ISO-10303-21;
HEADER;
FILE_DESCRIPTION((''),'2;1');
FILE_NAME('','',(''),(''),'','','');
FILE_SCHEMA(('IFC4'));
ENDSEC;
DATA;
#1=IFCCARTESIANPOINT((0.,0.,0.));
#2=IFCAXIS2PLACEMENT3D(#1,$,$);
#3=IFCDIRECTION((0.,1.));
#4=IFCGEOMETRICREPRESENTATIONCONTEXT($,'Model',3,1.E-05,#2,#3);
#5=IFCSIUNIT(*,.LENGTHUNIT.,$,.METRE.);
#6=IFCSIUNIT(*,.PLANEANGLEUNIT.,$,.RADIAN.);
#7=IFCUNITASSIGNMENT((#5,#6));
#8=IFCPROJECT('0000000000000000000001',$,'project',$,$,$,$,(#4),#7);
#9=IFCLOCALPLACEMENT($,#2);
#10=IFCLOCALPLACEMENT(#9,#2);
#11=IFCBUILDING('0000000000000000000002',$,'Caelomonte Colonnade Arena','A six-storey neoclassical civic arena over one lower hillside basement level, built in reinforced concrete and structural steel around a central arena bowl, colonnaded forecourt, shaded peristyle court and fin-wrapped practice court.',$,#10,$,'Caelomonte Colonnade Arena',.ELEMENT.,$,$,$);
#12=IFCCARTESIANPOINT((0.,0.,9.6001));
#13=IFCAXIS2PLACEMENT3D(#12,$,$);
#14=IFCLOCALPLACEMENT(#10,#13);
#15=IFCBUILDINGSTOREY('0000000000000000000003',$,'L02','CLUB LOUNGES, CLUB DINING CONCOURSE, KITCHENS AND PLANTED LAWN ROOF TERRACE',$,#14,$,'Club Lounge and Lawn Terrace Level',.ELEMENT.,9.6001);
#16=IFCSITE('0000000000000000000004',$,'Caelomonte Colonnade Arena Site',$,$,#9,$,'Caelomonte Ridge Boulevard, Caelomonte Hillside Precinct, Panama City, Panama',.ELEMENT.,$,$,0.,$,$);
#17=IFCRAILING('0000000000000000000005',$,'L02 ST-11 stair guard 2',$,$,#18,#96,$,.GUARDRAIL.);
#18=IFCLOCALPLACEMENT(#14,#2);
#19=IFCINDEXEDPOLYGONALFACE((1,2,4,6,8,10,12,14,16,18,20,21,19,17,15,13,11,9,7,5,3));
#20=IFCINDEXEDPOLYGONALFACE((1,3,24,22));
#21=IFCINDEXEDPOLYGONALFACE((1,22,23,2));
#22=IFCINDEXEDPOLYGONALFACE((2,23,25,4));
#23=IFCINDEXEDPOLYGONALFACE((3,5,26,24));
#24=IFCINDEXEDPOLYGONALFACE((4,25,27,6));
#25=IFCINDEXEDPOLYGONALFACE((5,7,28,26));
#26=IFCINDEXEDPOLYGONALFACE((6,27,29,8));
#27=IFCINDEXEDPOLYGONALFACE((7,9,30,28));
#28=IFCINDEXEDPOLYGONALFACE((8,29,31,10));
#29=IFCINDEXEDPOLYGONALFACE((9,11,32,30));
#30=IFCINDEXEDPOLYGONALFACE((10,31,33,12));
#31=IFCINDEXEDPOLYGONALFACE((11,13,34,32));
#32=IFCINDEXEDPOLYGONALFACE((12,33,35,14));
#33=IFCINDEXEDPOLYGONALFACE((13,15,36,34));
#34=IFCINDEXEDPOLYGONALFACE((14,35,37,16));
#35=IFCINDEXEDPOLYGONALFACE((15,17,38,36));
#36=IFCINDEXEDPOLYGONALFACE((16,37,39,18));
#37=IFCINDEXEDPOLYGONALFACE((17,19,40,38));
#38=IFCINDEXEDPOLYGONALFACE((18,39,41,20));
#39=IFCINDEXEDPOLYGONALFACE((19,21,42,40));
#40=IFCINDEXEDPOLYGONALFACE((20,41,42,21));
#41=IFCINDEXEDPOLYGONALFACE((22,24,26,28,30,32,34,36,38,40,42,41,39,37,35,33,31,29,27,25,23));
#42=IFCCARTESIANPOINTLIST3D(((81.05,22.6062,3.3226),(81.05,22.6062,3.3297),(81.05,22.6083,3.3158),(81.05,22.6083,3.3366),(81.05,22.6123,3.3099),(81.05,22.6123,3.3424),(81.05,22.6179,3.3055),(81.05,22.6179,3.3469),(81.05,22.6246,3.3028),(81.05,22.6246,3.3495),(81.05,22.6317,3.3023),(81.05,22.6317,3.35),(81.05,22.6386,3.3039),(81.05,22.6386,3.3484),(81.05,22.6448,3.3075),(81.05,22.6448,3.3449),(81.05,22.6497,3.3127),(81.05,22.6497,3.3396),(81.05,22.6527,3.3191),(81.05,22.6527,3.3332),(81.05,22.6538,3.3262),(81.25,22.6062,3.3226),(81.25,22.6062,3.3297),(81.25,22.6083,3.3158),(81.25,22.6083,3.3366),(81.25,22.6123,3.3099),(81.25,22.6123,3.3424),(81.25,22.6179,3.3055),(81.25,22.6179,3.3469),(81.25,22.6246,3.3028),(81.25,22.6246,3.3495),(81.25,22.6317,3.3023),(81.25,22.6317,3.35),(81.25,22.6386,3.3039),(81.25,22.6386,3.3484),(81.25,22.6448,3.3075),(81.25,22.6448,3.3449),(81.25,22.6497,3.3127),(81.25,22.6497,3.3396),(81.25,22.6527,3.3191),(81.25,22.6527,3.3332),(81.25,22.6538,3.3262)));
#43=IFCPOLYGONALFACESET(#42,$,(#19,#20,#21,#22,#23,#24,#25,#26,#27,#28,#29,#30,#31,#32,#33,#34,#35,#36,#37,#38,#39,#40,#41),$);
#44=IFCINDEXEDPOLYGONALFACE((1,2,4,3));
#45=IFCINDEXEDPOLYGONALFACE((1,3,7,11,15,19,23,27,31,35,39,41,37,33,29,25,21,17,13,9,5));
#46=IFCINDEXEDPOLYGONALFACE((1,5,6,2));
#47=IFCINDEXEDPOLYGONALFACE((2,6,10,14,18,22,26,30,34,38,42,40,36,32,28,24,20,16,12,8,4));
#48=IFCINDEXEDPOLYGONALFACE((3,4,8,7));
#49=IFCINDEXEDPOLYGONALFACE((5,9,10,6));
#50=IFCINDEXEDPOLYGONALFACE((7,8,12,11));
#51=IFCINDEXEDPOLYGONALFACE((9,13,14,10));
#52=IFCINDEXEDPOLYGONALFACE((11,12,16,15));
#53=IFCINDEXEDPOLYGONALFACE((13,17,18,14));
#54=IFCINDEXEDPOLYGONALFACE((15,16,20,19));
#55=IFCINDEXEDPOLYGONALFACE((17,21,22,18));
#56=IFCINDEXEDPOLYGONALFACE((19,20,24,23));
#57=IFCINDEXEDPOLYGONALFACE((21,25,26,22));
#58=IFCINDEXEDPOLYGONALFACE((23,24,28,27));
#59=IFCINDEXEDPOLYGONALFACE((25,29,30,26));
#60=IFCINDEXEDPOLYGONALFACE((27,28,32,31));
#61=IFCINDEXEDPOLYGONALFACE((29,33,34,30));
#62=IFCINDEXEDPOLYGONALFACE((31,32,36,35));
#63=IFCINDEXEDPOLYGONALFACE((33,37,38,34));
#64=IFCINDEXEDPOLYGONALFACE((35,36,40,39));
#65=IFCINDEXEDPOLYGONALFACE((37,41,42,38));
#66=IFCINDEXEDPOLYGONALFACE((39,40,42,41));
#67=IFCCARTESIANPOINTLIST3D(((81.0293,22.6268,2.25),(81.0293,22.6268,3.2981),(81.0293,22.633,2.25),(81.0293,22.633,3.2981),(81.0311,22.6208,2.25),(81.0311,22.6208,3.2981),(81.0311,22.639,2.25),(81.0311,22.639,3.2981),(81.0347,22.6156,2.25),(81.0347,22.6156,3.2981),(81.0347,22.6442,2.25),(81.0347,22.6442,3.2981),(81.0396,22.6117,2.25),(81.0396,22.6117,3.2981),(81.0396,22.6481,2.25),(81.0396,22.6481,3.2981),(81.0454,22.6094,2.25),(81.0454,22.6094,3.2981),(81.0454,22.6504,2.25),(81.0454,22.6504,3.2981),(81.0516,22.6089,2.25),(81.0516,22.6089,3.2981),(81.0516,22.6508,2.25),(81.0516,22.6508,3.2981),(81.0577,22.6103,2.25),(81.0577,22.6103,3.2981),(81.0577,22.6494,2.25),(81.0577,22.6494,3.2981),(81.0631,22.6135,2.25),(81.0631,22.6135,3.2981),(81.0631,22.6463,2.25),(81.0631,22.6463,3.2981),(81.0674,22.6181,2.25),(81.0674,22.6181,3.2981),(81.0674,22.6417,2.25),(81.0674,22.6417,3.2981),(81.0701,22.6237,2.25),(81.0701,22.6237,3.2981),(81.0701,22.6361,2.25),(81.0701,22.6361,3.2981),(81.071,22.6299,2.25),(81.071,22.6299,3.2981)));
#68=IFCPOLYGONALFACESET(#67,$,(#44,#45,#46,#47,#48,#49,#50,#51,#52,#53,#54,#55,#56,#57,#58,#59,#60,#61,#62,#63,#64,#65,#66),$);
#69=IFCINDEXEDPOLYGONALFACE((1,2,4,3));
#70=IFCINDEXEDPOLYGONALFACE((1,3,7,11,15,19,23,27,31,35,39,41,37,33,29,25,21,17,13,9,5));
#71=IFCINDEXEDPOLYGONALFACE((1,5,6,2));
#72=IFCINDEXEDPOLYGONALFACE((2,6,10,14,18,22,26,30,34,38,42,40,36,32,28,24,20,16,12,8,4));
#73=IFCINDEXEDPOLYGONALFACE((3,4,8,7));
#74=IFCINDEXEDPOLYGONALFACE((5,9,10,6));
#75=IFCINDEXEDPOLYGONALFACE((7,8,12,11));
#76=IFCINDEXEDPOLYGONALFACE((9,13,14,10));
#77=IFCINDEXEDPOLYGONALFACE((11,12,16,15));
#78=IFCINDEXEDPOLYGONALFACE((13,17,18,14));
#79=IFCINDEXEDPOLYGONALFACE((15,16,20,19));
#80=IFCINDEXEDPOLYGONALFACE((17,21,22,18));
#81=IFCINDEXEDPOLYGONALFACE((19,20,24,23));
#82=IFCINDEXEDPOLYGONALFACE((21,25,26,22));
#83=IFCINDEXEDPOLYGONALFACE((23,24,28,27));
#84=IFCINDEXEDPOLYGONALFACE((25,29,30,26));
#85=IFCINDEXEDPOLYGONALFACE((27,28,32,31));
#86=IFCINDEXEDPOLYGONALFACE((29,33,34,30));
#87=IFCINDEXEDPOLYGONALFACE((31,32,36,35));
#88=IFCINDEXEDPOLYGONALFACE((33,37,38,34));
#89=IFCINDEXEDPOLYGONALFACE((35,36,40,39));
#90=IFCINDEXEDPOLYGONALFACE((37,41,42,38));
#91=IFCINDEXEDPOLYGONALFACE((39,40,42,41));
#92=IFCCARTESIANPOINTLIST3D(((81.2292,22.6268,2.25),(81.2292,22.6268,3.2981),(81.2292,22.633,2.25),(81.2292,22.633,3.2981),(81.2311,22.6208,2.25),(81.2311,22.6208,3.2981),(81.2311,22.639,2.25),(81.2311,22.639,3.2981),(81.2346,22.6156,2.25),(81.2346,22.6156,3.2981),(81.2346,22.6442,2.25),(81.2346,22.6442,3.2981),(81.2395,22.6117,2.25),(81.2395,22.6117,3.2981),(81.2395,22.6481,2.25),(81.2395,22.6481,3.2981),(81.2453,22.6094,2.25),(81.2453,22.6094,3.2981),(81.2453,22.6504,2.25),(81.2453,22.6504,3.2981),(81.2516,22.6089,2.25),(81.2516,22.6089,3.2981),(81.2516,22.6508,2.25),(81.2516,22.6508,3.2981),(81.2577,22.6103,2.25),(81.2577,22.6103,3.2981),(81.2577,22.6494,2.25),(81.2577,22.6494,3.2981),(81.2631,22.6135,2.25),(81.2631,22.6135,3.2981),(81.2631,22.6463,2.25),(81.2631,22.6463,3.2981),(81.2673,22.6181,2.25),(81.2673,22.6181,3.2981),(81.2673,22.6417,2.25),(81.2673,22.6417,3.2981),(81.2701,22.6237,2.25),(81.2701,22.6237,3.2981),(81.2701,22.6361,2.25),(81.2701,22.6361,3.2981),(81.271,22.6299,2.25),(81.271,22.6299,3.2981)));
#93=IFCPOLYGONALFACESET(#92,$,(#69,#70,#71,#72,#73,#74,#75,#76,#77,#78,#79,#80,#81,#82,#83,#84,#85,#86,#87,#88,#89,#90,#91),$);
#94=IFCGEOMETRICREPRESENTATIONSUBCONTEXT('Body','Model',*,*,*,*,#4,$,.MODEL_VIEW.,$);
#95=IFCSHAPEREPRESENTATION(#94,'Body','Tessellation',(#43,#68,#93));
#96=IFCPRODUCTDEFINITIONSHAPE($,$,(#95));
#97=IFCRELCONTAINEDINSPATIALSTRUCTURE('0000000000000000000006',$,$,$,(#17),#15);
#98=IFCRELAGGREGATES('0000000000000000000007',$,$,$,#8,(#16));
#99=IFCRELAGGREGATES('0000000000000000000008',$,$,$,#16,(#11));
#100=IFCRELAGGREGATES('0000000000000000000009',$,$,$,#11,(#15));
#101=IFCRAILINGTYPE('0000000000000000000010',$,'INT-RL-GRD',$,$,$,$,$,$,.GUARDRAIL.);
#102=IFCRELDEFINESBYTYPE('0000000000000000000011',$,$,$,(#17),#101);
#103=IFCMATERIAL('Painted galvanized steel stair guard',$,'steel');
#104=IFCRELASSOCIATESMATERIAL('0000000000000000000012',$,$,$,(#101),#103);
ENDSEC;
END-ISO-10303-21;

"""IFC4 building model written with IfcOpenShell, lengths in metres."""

from ifc_helpers import new_model, si_unit, direction, frame, origin, origin_2d, place, context, subcontext, project, spatial, circle, extrude, material, type_object, element, save


model = new_model("IFC4")

# Units and contexts
model_context = context("Model", 3, precision=1e-05, world=origin(), true_north=direction((0.0, 1.0)))
body_context = subcontext(model_context, "Body", "Model", "MODEL_VIEW")
ifc_project = project(units=[si_unit("LENGTHUNIT", "METRE"), si_unit("PLANEANGLEUNIT", "RADIAN")], contexts=[model_context])

# Site, building, storey
site_placement = place(None, origin())
site = spatial("IfcSite", under=ifc_project, at=site_placement, Name="Caelomonte Colonnade Arena Site", LongName="Caelomonte Ridge Boulevard, Caelomonte Hillside Precinct, Panama City, Panama", CompositionType="ELEMENT", RefElevation=0.0)
building_placement = place(site_placement, origin())
building = spatial("IfcBuilding", under=site, at=building_placement, Name="Caelomonte Colonnade Arena", Description="A six-storey neoclassical civic arena over one lower hillside basement level, built in reinforced concrete and structural steel around a central arena bowl, colonnaded forecourt, shaded peristyle court and fin-wrapped practice court.", LongName="Caelomonte Colonnade Arena", CompositionType="ELEMENT")
storey_placement = place(building_placement, frame((0.0, 0.0, 9.6001)))
storey = spatial("IfcBuildingStorey", under=building, at=storey_placement, Name="L02", Description="CLUB LOUNGES, CLUB DINING CONCOURSE, KITCHENS AND PLANTED LAWN ROOF TERRACE", LongName="Club Lounge and Lawn Terrace Level", CompositionType="ELEMENT", Elevation=9.6001)

# Railing
ifc_material_1 = material(Name="Painted galvanized steel stair guard", Category="steel")
railing_type_1 = type_object("IfcRailingType", Name="INT-RL-GRD", PredefinedType="GUARDRAIL", material=ifc_material_1)
railing_1_placement = place(storey_placement, frame((81.05, 22.6299, 2.25)))
element("IfcRailing", 1, at=railing_1_placement, inside=storey, type_object=railing_type_1, Name="L02 ST-11 stair guard 2", PredefinedType="GUARDRAIL", context=body_context, shape_type="SweptSolid", body=[
    extrude(circle(Radius=0.0239, at=origin_2d()), frame((0.0, 0.0, 1.0762), z_axis=(1.0, 0.0, 0.0), x_axis=(0.0, 1.0, 0.0)), (0.0, 0.0, 1.0), 0.2),
    extrude(circle(Radius=0.021, at=origin_2d()), origin(), (0.0, 0.0, 1.0), 1.0481),
    extrude(circle(Radius=0.021, at=origin_2d()), frame((0.2, 0.0, 0.0)), (0.0, 0.0, 1.0), 1.0481),
])

save(model, "model.ifc")
